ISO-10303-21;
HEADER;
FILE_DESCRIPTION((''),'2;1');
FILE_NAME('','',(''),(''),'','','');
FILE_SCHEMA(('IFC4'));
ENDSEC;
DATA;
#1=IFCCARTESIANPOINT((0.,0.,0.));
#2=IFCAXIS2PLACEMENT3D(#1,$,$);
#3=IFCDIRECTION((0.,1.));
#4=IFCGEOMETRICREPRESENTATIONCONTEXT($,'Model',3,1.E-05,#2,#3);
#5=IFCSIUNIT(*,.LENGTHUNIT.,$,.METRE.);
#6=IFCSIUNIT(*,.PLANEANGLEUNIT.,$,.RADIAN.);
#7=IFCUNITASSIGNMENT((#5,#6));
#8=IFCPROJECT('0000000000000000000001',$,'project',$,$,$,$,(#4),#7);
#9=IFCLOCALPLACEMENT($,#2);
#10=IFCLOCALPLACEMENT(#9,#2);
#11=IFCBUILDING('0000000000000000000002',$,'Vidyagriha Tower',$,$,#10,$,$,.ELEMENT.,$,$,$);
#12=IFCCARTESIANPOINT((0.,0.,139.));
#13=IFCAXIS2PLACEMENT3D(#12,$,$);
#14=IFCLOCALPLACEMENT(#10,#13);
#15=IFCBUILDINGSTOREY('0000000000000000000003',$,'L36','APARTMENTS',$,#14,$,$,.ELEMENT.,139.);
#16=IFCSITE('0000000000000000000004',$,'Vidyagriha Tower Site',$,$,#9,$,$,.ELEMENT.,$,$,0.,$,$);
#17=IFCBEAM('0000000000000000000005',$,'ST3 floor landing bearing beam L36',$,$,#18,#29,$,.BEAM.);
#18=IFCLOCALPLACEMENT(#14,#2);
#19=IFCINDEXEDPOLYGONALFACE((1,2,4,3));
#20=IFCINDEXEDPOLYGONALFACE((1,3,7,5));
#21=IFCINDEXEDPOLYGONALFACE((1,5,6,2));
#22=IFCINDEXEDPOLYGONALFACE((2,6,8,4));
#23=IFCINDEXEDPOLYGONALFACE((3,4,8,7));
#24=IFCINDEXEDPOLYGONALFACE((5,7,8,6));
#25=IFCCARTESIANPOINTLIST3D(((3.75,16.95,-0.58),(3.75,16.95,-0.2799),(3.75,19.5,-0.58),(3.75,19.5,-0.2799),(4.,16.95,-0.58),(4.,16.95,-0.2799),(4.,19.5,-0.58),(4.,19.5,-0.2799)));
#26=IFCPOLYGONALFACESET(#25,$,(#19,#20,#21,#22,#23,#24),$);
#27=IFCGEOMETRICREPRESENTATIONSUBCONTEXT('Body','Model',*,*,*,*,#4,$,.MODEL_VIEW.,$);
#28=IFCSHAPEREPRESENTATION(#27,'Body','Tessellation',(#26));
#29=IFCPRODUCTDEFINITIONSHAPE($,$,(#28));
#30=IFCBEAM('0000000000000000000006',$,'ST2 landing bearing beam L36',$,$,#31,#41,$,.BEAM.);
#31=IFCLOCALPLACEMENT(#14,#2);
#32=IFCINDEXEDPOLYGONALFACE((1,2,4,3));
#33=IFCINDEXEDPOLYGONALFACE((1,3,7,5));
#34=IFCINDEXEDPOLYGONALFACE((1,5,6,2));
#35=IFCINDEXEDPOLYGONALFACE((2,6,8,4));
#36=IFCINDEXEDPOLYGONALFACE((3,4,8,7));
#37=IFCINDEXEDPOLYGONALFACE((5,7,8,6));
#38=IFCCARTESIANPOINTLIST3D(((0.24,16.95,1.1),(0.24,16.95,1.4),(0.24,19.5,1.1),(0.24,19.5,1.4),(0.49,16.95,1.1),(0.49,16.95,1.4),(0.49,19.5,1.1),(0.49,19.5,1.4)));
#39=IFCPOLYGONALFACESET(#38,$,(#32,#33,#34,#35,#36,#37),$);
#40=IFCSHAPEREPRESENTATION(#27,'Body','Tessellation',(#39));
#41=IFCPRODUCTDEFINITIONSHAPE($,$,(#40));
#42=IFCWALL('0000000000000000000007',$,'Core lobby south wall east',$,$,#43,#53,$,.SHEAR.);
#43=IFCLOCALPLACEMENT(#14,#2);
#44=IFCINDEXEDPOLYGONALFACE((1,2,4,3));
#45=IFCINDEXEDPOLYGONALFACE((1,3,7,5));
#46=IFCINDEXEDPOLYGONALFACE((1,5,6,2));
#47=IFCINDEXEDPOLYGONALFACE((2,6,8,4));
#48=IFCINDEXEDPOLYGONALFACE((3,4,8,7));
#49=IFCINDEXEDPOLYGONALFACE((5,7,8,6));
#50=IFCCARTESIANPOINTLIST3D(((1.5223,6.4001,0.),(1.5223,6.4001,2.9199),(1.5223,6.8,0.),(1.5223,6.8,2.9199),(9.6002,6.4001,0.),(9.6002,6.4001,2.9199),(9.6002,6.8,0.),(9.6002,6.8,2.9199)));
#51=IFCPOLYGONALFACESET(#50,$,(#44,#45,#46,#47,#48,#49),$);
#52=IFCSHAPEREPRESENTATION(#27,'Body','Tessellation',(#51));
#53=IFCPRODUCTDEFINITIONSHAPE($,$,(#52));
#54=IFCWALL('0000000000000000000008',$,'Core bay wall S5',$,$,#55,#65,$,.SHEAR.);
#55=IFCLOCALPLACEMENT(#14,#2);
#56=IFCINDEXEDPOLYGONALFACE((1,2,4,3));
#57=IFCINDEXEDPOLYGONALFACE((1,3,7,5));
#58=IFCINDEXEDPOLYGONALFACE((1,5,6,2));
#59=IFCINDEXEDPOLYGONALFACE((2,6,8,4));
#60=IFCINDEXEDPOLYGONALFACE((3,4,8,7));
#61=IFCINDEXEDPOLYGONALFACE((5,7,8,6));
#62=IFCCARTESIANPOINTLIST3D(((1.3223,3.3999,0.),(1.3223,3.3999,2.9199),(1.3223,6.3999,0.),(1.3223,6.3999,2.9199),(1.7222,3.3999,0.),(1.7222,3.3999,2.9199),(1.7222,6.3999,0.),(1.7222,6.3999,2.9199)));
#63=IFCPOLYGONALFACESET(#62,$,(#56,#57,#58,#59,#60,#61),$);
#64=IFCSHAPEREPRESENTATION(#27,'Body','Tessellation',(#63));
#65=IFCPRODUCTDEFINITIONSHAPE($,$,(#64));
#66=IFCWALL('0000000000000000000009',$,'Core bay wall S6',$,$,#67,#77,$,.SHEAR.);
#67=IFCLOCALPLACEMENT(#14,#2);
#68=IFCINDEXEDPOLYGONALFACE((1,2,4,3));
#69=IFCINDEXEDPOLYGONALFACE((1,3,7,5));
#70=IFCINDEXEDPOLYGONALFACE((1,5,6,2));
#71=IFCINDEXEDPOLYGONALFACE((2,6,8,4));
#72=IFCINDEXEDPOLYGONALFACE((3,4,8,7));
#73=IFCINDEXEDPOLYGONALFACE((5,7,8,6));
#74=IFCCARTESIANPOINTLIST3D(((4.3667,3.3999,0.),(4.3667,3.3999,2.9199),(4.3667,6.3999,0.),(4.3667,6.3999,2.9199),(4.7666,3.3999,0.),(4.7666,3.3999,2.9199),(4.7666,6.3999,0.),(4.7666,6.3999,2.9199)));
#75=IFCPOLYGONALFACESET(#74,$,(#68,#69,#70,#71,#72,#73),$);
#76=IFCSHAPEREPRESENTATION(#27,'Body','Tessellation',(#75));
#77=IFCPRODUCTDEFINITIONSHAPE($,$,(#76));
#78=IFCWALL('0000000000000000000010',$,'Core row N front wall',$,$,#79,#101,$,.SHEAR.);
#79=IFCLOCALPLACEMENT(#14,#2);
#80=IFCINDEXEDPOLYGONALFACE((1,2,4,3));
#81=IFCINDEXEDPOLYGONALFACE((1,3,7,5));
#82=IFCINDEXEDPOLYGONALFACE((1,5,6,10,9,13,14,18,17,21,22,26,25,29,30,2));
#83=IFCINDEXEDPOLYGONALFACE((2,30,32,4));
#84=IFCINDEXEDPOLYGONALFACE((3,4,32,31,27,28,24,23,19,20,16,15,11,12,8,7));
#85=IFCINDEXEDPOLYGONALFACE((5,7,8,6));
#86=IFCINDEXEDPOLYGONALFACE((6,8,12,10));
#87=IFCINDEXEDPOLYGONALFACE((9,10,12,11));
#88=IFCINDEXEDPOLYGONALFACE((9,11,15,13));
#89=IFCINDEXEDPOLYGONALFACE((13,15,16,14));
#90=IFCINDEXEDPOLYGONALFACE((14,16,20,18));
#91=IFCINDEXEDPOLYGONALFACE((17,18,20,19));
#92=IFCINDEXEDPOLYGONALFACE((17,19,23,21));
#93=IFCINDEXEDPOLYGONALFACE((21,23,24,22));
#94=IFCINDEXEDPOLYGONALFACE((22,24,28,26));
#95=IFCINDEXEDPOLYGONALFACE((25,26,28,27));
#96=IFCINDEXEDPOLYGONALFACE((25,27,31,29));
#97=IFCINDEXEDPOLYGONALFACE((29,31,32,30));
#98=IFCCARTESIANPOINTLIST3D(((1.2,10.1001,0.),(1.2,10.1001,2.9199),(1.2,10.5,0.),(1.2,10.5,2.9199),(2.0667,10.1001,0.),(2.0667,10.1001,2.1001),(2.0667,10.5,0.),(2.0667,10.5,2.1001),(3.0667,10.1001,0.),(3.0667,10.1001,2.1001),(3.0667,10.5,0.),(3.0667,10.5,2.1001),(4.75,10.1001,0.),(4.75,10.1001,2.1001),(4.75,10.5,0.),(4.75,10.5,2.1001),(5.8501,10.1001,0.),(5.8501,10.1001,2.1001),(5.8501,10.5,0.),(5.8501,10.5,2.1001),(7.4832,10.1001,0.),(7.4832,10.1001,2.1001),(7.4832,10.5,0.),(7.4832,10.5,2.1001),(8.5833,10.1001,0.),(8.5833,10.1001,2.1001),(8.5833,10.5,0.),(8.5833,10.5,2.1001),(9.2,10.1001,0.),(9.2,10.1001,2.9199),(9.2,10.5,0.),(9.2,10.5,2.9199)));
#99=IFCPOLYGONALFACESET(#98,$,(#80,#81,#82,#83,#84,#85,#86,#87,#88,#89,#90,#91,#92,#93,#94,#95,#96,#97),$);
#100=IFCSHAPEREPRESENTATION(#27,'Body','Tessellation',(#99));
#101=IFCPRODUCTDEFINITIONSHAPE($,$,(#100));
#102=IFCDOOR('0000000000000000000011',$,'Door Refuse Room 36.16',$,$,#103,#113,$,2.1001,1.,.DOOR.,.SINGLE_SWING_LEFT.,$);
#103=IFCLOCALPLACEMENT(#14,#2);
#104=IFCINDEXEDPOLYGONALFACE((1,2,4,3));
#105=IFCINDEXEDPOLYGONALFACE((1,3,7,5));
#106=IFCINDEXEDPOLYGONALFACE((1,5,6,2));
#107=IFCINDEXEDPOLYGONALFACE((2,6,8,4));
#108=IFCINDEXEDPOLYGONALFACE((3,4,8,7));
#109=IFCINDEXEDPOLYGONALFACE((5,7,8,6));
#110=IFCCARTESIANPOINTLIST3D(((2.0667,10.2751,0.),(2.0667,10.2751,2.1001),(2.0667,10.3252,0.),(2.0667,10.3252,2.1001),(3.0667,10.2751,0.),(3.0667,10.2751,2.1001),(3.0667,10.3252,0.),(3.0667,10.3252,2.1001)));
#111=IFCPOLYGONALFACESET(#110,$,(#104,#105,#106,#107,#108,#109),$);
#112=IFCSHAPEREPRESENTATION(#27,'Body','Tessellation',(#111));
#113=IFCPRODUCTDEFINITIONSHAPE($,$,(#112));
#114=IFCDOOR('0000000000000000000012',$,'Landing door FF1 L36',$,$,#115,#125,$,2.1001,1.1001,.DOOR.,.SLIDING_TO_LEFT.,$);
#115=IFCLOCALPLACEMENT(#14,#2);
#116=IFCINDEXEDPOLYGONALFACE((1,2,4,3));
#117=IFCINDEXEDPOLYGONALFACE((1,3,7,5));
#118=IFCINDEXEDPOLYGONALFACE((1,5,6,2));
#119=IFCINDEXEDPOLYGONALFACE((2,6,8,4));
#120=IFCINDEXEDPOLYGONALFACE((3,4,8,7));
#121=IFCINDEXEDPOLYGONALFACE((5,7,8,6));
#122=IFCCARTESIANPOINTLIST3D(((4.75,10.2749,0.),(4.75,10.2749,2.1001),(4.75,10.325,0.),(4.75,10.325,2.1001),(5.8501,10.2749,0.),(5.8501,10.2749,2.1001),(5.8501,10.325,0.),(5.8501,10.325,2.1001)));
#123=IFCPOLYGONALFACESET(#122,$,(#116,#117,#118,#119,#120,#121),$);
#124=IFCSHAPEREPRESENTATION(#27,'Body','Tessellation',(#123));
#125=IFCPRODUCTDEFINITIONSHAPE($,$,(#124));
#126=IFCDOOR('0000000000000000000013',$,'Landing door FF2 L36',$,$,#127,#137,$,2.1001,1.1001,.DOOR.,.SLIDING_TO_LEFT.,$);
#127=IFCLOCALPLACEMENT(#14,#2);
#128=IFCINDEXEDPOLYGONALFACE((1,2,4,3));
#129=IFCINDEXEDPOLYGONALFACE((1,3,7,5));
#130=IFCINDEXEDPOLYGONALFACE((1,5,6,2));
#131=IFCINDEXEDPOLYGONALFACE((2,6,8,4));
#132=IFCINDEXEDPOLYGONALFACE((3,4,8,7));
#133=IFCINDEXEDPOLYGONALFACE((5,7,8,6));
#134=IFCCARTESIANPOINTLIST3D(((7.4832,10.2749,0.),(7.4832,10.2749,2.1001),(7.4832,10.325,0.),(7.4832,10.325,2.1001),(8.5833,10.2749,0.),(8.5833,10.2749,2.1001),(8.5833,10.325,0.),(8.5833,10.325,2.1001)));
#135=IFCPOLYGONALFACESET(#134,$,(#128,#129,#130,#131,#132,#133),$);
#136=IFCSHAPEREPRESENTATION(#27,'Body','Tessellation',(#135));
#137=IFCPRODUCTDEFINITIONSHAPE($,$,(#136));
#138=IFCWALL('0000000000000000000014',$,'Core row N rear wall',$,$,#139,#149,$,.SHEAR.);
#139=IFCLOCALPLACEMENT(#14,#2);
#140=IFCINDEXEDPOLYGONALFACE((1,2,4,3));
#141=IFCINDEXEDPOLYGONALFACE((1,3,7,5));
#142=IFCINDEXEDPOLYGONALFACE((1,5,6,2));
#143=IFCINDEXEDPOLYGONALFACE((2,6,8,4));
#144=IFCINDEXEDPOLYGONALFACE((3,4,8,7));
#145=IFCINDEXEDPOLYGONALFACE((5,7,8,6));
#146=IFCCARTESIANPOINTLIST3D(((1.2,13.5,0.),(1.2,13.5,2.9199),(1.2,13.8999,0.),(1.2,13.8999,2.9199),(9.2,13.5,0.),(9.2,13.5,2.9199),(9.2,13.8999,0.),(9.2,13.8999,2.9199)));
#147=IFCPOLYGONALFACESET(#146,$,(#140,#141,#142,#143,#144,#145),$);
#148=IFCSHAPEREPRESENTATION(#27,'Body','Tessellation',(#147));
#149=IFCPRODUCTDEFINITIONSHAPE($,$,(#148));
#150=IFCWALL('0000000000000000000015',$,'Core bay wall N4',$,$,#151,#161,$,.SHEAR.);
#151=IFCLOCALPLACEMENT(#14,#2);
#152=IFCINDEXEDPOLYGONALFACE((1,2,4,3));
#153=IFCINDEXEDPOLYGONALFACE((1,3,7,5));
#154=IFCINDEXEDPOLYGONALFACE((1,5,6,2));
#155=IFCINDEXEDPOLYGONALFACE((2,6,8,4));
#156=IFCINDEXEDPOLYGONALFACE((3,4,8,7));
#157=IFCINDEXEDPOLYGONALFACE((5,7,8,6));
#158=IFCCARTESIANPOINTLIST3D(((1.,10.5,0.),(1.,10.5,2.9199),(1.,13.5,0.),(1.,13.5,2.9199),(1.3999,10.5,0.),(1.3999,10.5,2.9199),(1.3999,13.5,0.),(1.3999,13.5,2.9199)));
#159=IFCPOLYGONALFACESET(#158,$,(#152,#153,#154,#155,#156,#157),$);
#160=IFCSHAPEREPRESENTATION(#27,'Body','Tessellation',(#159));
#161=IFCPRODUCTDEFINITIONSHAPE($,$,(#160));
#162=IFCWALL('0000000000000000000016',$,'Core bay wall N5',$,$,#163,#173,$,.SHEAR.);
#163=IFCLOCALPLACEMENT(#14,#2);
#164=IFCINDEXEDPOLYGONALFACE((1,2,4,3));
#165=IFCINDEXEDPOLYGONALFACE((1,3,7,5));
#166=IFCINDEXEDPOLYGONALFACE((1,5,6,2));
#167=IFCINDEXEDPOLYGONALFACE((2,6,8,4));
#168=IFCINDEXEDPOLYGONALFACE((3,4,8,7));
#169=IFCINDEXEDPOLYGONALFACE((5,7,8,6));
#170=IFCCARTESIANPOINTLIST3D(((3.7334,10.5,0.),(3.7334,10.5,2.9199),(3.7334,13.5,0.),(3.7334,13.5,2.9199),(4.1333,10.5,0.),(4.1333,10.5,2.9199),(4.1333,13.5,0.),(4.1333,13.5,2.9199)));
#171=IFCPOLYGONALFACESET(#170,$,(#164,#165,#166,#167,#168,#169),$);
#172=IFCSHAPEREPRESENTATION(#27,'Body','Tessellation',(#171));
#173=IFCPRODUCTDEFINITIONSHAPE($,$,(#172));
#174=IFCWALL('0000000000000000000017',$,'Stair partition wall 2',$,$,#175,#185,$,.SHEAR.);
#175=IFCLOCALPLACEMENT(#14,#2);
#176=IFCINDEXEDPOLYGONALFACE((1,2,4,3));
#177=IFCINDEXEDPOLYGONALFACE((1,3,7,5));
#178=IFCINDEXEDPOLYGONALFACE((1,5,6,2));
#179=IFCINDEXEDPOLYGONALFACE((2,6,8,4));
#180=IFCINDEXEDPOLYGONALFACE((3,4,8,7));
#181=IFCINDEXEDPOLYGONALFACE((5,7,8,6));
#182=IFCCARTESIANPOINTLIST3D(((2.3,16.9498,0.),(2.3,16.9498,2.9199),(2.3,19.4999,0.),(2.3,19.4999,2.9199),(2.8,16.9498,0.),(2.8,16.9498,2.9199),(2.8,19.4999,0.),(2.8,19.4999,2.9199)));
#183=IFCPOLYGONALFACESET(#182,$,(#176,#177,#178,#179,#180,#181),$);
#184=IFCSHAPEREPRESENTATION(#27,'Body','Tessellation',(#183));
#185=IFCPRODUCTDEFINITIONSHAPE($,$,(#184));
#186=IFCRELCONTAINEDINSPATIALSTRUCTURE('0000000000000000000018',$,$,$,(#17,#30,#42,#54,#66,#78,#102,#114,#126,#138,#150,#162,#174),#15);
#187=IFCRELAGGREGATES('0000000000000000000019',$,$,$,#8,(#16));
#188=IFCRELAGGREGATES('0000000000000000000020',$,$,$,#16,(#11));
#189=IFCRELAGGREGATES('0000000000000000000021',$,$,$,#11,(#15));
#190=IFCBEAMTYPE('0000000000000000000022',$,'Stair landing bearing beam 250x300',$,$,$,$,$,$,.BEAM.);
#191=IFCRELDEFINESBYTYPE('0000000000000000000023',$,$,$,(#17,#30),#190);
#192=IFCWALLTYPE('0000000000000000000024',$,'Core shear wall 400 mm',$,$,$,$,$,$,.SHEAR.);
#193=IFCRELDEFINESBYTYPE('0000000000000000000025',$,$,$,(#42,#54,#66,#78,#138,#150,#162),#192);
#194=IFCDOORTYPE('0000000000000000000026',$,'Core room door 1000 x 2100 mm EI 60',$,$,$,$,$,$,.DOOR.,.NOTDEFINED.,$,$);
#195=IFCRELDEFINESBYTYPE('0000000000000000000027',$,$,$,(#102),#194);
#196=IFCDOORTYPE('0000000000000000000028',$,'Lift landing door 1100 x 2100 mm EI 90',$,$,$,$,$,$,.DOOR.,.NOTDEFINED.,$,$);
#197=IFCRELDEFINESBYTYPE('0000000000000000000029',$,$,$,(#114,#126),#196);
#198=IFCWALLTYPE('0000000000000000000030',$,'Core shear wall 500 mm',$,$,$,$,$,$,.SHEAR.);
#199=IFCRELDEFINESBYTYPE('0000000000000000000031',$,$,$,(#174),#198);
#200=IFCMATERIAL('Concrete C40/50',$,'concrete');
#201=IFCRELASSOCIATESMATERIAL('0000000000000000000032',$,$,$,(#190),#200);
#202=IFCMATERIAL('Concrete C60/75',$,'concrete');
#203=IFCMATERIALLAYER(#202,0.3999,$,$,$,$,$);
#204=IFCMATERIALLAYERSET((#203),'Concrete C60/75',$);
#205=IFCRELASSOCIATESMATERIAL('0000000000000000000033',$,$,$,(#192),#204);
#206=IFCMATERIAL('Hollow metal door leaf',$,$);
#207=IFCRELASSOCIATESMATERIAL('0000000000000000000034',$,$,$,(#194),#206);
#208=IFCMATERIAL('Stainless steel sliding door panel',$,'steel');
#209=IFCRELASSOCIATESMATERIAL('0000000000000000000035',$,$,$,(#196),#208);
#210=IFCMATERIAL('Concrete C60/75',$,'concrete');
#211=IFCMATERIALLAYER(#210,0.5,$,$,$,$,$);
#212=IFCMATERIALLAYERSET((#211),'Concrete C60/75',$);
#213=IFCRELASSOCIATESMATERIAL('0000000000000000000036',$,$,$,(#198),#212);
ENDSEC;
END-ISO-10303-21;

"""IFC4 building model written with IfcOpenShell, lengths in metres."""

from ifc_helpers import new_model, si_unit, direction, frame, frame_2d, origin, origin_2d, place, context, subcontext, project, spatial, rectangle, extrude, material, layer, layer_set, material_profile, profile_set, type_object, element, fill, save


model = new_model("IFC4")

# Units and contexts
model_context = context("Model", 3, precision=1e-05, world=origin(), true_north=direction((0.0, 1.0)))
body_context = subcontext(model_context, "Body", "Model", "MODEL_VIEW")
ifc_project = project(units=[si_unit("LENGTHUNIT", "METRE"), si_unit("PLANEANGLEUNIT", "RADIAN")], contexts=[model_context])

# Site, building, storey
site_placement = place(None, origin())
site = spatial("IfcSite", under=ifc_project, at=site_placement, Name="Vidyagriha Tower Site", CompositionType="ELEMENT", RefElevation=0.0)
building_placement = place(site_placement, origin())
building = spatial("IfcBuilding", under=site, at=building_placement, Name="Vidyagriha Tower", CompositionType="ELEMENT")
storey_placement = place(building_placement, frame((0.0, 0.0, 139.0)))
storey = spatial("IfcBuildingStorey", under=building, at=storey_placement, Name="L36", Description="APARTMENTS", CompositionType="ELEMENT", Elevation=139.0)

# Beams
ifc_material_1 = material(Name="Concrete C40/50", Category="concrete")
ifc_material_profile = material_profile(ifc_material_1, rectangle(XDim=0.25, YDim=0.3, at=origin_2d()), Name="Stair landing bearing beam 250x300")
ifc_profile_set = profile_set([ifc_material_profile], Name="Concrete C40/50")
beam_type = type_object("IfcBeamType", Name="Stair landing bearing beam 250x300", PredefinedType="BEAM", material=ifc_profile_set)
for number, where, z_axis, x_axis, name in (
    (1, (3.875, 16.95, -0.4299), (0.0, 1.0, 0.0), (-1.0, 0.0, 0.0), "ST3 floor landing bearing beam L36"),
    (2, (0.365, 16.95, 1.25), (0.0, 1.0, 0.0), (-1.0, 0.0, 0.0), "ST2 landing bearing beam L36"),
):
    element("IfcBeam", number, at=place(storey_placement, frame(where, z_axis=z_axis, x_axis=x_axis)), inside=storey, type_object=beam_type, Name=name, PredefinedType="BEAM", context=body_context, shape_type="SweptSolid", body=[
        extrude(rectangle(XDim=0.25, YDim=0.3, at=origin_2d()), origin(), (0.0, 0.0, 1.0), 2.55),
    ])

# Walls
ifc_material_2 = material(Name="Concrete C60/75", Category="concrete")
ifc_layer_1 = layer(ifc_material_2, 0.3999)
ifc_layer_set_1 = layer_set([ifc_layer_1], Name="Concrete C60/75")
wall_type_1 = type_object("IfcWallType", Name="Core shear wall 400 mm", PredefinedType="SHEAR", material=ifc_layer_set_1)
wall_1_placement = place(storey_placement, frame((1.5222, 6.6001, 0.0)))
element("IfcWall", 3, at=wall_1_placement, inside=storey, type_object=wall_type_1, Name="Core lobby south wall east", PredefinedType="SHEAR", context=body_context, shape_type="SweptSolid", body=[
    extrude(rectangle(XDim=8.0779, YDim=0.3999, at=frame_2d((4.0391, 0.0))), origin(), (0.0, 0.0, 1.0), 2.9199),
])
for number, where, z_axis, x_axis, name in (
    (4, (1.5222, 3.3999, 0.0), (0.0, 0.0, 1.0), (0.0, 1.0, 0.0), "Core bay wall S5"),
    (5, (4.5667, 3.3999, 0.0), (0.0, 0.0, 1.0), (0.0, 1.0, 0.0), "Core bay wall S6"),
):
    element("IfcWall", number, at=place(storey_placement, frame(where, z_axis=z_axis, x_axis=x_axis)), inside=storey, type_object=wall_type_1, Name=name, PredefinedType="SHEAR", context=body_context, shape_type="SweptSolid", body=[
        extrude(rectangle(XDim=3.0, YDim=0.3999, at=frame_2d((1.5, 0.0))), origin(), (0.0, 0.0, 1.0), 2.9199),
    ])

# Wall, openings, doors
wall_2_placement = place(storey_placement, frame((1.2, 10.3, 0.0)))
wall_2 = element("IfcWall", 6, at=wall_2_placement, inside=storey, type_object=wall_type_1, Name="Core row N front wall", PredefinedType="SHEAR", context=body_context, shape_type="SweptSolid", body=[
    extrude(rectangle(XDim=8.0, YDim=0.3999, at=frame_2d((4.0, 0.0))), origin(), (0.0, 0.0, 1.0), 2.9199),
])
opening_1_placement = place(wall_2_placement, frame((3.55, 0.0, 0.0)))
opening_1 = element("IfcOpeningElement", 7, at=opening_1_placement, cuts=wall_2, PredefinedType="OPENING", context=body_context, shape_type="SweptSolid", body=[
    extrude(rectangle(XDim=1.1001, YDim=2.1001, at=frame_2d((0.55, 1.05))), frame((0.0, 0.21, 0.0), z_axis=(0.0, -1.0, 0.0), x_axis=(1.0, 0.0, 0.0)), (0.0, 0.0, 1.0), 0.4199),
])
opening_2_placement = place(wall_2_placement, frame((6.2832, 0.0, 0.0)))
opening_2 = element("IfcOpeningElement", 8, at=opening_2_placement, cuts=wall_2, PredefinedType="OPENING", context=body_context, shape_type="SweptSolid", body=[
    extrude(rectangle(XDim=1.1001, YDim=2.1001, at=frame_2d((0.55, 1.05))), frame((0.0, 0.21, 0.0), z_axis=(0.0, -1.0, 0.0), x_axis=(1.0, 0.0, 0.0)), (0.0, 0.0, 1.0), 0.4199),
])
opening_3_placement = place(wall_2_placement, frame((0.8667, 0.0, 0.0)))
opening_3 = element("IfcOpeningElement", 9, at=opening_3_placement, cuts=wall_2, PredefinedType="OPENING", context=body_context, shape_type="SweptSolid", body=[
    extrude(rectangle(XDim=1.0, YDim=2.1001, at=frame_2d((0.5, 1.05))), frame((0.0, 0.21, 0.0), z_axis=(0.0, -1.0, 0.0), x_axis=(1.0, 0.0, 0.0)), (0.0, 0.0, 1.0), 0.4199),
])
ifc_material_3 = material(Name="Hollow metal door leaf")
door_type_1 = type_object("IfcDoorType", Name="Core room door 1000 x 2100 mm EI 60", OperationType="NOTDEFINED", PredefinedType="DOOR", material=ifc_material_3)
door_1_placement = place(opening_3_placement, frame((1.0, 0.0, 0.0), z_axis=(0.0, 0.0, 1.0), x_axis=(-1.0, 0.0, 0.0)))
door_1 = element("IfcDoor", 10, at=door_1_placement, inside=storey, type_object=door_type_1, Name="Door Refuse Room 36.16", OperationType="SINGLE_SWING_LEFT", OverallHeight=2.1001, OverallWidth=1.0, PredefinedType="DOOR", context=body_context, shape_type="SweptSolid", body=[
    extrude(rectangle(XDim=1.0, YDim=2.1001, at=frame_2d((0.5, 1.05))), frame((0.0, 0.0249, 0.0), z_axis=(0.0, -1.0, 0.0), x_axis=(1.0, 0.0, 0.0)), (0.0, 0.0, 1.0), 0.05),
])
fill(opening_3, door_1)
ifc_material_4 = material(Name="Stainless steel sliding door panel", Category="steel")
door_type_2 = type_object("IfcDoorType", Name="Lift landing door 1100 x 2100 mm EI 90", OperationType="NOTDEFINED", PredefinedType="DOOR", material=ifc_material_4)
door_2_placement = place(opening_1_placement, origin())
door_2 = element("IfcDoor", 11, at=door_2_placement, inside=storey, type_object=door_type_2, Name="Landing door FF1 L36", OperationType="SLIDING_TO_LEFT", OverallHeight=2.1001, OverallWidth=1.1001, PredefinedType="DOOR", context=body_context, shape_type="SweptSolid", body=[
    extrude(rectangle(XDim=1.1001, YDim=2.1001, at=frame_2d((0.55, 1.05))), frame((0.0, 0.0249, 0.0), z_axis=(0.0, -1.0, 0.0), x_axis=(1.0, 0.0, 0.0)), (0.0, 0.0, 1.0), 0.05),
])
fill(opening_1, door_2)
door_3_placement = place(opening_2_placement, origin())
door_3 = element("IfcDoor", 12, at=door_3_placement, inside=storey, type_object=door_type_2, Name="Landing door FF2 L36", OperationType="SLIDING_TO_LEFT", OverallHeight=2.1001, OverallWidth=1.1001, PredefinedType="DOOR", context=body_context, shape_type="SweptSolid", body=[
    extrude(rectangle(XDim=1.1001, YDim=2.1001, at=frame_2d((0.55, 1.05))), frame((0.0, 0.0249, 0.0), z_axis=(0.0, -1.0, 0.0), x_axis=(1.0, 0.0, 0.0)), (0.0, 0.0, 1.0), 0.05),
])
fill(opening_2, door_3)

# Walls
wall_3_placement = place(storey_placement, frame((1.2, 13.7, 0.0)))
element("IfcWall", 13, at=wall_3_placement, inside=storey, type_object=wall_type_1, Name="Core row N rear wall", PredefinedType="SHEAR", context=body_context, shape_type="SweptSolid", body=[
    extrude(rectangle(XDim=8.0, YDim=0.3999, at=frame_2d((4.0, 0.0))), origin(), (0.0, 0.0, 1.0), 2.9199),
])
for number, where, z_axis, x_axis, name in (
    (14, (1.2, 10.5, 0.0), (0.0, 0.0, 1.0), (0.0, 1.0, 0.0), "Core bay wall N4"),
    (15, (3.9333, 10.5, 0.0), (0.0, 0.0, 1.0), (0.0, 1.0, 0.0), "Core bay wall N5"),
):
    element("IfcWall", number, at=place(storey_placement, frame(where, z_axis=z_axis, x_axis=x_axis)), inside=storey, type_object=wall_type_1, Name=name, PredefinedType="SHEAR", context=body_context, shape_type="SweptSolid", body=[
        extrude(rectangle(XDim=3.0, YDim=0.3999, at=frame_2d((1.5, 0.0))), origin(), (0.0, 0.0, 1.0), 2.9199),
    ])
ifc_material_5 = material(Name="Concrete C60/75", Category="concrete")
ifc_layer_2 = layer(ifc_material_5, 0.5)
ifc_layer_set_2 = layer_set([ifc_layer_2], Name="Concrete C60/75")
wall_type_2 = type_object("IfcWallType", Name="Core shear wall 500 mm", PredefinedType="SHEAR", material=ifc_layer_set_2)
wall_4_placement = place(storey_placement, frame((2.55, 16.95, 0.0), z_axis=(0.0, 0.0, 1.0), x_axis=(0.0, 1.0, 0.0)))
element("IfcWall", 16, at=wall_4_placement, inside=storey, type_object=wall_type_2, Name="Stair partition wall 2", PredefinedType="SHEAR", context=body_context, shape_type="SweptSolid", body=[
    extrude(rectangle(XDim=2.55, YDim=0.5, at=frame_2d((1.2749, 0.0))), origin(), (0.0, 0.0, 1.0), 2.9199),
])

save(model, "model.ifc")
